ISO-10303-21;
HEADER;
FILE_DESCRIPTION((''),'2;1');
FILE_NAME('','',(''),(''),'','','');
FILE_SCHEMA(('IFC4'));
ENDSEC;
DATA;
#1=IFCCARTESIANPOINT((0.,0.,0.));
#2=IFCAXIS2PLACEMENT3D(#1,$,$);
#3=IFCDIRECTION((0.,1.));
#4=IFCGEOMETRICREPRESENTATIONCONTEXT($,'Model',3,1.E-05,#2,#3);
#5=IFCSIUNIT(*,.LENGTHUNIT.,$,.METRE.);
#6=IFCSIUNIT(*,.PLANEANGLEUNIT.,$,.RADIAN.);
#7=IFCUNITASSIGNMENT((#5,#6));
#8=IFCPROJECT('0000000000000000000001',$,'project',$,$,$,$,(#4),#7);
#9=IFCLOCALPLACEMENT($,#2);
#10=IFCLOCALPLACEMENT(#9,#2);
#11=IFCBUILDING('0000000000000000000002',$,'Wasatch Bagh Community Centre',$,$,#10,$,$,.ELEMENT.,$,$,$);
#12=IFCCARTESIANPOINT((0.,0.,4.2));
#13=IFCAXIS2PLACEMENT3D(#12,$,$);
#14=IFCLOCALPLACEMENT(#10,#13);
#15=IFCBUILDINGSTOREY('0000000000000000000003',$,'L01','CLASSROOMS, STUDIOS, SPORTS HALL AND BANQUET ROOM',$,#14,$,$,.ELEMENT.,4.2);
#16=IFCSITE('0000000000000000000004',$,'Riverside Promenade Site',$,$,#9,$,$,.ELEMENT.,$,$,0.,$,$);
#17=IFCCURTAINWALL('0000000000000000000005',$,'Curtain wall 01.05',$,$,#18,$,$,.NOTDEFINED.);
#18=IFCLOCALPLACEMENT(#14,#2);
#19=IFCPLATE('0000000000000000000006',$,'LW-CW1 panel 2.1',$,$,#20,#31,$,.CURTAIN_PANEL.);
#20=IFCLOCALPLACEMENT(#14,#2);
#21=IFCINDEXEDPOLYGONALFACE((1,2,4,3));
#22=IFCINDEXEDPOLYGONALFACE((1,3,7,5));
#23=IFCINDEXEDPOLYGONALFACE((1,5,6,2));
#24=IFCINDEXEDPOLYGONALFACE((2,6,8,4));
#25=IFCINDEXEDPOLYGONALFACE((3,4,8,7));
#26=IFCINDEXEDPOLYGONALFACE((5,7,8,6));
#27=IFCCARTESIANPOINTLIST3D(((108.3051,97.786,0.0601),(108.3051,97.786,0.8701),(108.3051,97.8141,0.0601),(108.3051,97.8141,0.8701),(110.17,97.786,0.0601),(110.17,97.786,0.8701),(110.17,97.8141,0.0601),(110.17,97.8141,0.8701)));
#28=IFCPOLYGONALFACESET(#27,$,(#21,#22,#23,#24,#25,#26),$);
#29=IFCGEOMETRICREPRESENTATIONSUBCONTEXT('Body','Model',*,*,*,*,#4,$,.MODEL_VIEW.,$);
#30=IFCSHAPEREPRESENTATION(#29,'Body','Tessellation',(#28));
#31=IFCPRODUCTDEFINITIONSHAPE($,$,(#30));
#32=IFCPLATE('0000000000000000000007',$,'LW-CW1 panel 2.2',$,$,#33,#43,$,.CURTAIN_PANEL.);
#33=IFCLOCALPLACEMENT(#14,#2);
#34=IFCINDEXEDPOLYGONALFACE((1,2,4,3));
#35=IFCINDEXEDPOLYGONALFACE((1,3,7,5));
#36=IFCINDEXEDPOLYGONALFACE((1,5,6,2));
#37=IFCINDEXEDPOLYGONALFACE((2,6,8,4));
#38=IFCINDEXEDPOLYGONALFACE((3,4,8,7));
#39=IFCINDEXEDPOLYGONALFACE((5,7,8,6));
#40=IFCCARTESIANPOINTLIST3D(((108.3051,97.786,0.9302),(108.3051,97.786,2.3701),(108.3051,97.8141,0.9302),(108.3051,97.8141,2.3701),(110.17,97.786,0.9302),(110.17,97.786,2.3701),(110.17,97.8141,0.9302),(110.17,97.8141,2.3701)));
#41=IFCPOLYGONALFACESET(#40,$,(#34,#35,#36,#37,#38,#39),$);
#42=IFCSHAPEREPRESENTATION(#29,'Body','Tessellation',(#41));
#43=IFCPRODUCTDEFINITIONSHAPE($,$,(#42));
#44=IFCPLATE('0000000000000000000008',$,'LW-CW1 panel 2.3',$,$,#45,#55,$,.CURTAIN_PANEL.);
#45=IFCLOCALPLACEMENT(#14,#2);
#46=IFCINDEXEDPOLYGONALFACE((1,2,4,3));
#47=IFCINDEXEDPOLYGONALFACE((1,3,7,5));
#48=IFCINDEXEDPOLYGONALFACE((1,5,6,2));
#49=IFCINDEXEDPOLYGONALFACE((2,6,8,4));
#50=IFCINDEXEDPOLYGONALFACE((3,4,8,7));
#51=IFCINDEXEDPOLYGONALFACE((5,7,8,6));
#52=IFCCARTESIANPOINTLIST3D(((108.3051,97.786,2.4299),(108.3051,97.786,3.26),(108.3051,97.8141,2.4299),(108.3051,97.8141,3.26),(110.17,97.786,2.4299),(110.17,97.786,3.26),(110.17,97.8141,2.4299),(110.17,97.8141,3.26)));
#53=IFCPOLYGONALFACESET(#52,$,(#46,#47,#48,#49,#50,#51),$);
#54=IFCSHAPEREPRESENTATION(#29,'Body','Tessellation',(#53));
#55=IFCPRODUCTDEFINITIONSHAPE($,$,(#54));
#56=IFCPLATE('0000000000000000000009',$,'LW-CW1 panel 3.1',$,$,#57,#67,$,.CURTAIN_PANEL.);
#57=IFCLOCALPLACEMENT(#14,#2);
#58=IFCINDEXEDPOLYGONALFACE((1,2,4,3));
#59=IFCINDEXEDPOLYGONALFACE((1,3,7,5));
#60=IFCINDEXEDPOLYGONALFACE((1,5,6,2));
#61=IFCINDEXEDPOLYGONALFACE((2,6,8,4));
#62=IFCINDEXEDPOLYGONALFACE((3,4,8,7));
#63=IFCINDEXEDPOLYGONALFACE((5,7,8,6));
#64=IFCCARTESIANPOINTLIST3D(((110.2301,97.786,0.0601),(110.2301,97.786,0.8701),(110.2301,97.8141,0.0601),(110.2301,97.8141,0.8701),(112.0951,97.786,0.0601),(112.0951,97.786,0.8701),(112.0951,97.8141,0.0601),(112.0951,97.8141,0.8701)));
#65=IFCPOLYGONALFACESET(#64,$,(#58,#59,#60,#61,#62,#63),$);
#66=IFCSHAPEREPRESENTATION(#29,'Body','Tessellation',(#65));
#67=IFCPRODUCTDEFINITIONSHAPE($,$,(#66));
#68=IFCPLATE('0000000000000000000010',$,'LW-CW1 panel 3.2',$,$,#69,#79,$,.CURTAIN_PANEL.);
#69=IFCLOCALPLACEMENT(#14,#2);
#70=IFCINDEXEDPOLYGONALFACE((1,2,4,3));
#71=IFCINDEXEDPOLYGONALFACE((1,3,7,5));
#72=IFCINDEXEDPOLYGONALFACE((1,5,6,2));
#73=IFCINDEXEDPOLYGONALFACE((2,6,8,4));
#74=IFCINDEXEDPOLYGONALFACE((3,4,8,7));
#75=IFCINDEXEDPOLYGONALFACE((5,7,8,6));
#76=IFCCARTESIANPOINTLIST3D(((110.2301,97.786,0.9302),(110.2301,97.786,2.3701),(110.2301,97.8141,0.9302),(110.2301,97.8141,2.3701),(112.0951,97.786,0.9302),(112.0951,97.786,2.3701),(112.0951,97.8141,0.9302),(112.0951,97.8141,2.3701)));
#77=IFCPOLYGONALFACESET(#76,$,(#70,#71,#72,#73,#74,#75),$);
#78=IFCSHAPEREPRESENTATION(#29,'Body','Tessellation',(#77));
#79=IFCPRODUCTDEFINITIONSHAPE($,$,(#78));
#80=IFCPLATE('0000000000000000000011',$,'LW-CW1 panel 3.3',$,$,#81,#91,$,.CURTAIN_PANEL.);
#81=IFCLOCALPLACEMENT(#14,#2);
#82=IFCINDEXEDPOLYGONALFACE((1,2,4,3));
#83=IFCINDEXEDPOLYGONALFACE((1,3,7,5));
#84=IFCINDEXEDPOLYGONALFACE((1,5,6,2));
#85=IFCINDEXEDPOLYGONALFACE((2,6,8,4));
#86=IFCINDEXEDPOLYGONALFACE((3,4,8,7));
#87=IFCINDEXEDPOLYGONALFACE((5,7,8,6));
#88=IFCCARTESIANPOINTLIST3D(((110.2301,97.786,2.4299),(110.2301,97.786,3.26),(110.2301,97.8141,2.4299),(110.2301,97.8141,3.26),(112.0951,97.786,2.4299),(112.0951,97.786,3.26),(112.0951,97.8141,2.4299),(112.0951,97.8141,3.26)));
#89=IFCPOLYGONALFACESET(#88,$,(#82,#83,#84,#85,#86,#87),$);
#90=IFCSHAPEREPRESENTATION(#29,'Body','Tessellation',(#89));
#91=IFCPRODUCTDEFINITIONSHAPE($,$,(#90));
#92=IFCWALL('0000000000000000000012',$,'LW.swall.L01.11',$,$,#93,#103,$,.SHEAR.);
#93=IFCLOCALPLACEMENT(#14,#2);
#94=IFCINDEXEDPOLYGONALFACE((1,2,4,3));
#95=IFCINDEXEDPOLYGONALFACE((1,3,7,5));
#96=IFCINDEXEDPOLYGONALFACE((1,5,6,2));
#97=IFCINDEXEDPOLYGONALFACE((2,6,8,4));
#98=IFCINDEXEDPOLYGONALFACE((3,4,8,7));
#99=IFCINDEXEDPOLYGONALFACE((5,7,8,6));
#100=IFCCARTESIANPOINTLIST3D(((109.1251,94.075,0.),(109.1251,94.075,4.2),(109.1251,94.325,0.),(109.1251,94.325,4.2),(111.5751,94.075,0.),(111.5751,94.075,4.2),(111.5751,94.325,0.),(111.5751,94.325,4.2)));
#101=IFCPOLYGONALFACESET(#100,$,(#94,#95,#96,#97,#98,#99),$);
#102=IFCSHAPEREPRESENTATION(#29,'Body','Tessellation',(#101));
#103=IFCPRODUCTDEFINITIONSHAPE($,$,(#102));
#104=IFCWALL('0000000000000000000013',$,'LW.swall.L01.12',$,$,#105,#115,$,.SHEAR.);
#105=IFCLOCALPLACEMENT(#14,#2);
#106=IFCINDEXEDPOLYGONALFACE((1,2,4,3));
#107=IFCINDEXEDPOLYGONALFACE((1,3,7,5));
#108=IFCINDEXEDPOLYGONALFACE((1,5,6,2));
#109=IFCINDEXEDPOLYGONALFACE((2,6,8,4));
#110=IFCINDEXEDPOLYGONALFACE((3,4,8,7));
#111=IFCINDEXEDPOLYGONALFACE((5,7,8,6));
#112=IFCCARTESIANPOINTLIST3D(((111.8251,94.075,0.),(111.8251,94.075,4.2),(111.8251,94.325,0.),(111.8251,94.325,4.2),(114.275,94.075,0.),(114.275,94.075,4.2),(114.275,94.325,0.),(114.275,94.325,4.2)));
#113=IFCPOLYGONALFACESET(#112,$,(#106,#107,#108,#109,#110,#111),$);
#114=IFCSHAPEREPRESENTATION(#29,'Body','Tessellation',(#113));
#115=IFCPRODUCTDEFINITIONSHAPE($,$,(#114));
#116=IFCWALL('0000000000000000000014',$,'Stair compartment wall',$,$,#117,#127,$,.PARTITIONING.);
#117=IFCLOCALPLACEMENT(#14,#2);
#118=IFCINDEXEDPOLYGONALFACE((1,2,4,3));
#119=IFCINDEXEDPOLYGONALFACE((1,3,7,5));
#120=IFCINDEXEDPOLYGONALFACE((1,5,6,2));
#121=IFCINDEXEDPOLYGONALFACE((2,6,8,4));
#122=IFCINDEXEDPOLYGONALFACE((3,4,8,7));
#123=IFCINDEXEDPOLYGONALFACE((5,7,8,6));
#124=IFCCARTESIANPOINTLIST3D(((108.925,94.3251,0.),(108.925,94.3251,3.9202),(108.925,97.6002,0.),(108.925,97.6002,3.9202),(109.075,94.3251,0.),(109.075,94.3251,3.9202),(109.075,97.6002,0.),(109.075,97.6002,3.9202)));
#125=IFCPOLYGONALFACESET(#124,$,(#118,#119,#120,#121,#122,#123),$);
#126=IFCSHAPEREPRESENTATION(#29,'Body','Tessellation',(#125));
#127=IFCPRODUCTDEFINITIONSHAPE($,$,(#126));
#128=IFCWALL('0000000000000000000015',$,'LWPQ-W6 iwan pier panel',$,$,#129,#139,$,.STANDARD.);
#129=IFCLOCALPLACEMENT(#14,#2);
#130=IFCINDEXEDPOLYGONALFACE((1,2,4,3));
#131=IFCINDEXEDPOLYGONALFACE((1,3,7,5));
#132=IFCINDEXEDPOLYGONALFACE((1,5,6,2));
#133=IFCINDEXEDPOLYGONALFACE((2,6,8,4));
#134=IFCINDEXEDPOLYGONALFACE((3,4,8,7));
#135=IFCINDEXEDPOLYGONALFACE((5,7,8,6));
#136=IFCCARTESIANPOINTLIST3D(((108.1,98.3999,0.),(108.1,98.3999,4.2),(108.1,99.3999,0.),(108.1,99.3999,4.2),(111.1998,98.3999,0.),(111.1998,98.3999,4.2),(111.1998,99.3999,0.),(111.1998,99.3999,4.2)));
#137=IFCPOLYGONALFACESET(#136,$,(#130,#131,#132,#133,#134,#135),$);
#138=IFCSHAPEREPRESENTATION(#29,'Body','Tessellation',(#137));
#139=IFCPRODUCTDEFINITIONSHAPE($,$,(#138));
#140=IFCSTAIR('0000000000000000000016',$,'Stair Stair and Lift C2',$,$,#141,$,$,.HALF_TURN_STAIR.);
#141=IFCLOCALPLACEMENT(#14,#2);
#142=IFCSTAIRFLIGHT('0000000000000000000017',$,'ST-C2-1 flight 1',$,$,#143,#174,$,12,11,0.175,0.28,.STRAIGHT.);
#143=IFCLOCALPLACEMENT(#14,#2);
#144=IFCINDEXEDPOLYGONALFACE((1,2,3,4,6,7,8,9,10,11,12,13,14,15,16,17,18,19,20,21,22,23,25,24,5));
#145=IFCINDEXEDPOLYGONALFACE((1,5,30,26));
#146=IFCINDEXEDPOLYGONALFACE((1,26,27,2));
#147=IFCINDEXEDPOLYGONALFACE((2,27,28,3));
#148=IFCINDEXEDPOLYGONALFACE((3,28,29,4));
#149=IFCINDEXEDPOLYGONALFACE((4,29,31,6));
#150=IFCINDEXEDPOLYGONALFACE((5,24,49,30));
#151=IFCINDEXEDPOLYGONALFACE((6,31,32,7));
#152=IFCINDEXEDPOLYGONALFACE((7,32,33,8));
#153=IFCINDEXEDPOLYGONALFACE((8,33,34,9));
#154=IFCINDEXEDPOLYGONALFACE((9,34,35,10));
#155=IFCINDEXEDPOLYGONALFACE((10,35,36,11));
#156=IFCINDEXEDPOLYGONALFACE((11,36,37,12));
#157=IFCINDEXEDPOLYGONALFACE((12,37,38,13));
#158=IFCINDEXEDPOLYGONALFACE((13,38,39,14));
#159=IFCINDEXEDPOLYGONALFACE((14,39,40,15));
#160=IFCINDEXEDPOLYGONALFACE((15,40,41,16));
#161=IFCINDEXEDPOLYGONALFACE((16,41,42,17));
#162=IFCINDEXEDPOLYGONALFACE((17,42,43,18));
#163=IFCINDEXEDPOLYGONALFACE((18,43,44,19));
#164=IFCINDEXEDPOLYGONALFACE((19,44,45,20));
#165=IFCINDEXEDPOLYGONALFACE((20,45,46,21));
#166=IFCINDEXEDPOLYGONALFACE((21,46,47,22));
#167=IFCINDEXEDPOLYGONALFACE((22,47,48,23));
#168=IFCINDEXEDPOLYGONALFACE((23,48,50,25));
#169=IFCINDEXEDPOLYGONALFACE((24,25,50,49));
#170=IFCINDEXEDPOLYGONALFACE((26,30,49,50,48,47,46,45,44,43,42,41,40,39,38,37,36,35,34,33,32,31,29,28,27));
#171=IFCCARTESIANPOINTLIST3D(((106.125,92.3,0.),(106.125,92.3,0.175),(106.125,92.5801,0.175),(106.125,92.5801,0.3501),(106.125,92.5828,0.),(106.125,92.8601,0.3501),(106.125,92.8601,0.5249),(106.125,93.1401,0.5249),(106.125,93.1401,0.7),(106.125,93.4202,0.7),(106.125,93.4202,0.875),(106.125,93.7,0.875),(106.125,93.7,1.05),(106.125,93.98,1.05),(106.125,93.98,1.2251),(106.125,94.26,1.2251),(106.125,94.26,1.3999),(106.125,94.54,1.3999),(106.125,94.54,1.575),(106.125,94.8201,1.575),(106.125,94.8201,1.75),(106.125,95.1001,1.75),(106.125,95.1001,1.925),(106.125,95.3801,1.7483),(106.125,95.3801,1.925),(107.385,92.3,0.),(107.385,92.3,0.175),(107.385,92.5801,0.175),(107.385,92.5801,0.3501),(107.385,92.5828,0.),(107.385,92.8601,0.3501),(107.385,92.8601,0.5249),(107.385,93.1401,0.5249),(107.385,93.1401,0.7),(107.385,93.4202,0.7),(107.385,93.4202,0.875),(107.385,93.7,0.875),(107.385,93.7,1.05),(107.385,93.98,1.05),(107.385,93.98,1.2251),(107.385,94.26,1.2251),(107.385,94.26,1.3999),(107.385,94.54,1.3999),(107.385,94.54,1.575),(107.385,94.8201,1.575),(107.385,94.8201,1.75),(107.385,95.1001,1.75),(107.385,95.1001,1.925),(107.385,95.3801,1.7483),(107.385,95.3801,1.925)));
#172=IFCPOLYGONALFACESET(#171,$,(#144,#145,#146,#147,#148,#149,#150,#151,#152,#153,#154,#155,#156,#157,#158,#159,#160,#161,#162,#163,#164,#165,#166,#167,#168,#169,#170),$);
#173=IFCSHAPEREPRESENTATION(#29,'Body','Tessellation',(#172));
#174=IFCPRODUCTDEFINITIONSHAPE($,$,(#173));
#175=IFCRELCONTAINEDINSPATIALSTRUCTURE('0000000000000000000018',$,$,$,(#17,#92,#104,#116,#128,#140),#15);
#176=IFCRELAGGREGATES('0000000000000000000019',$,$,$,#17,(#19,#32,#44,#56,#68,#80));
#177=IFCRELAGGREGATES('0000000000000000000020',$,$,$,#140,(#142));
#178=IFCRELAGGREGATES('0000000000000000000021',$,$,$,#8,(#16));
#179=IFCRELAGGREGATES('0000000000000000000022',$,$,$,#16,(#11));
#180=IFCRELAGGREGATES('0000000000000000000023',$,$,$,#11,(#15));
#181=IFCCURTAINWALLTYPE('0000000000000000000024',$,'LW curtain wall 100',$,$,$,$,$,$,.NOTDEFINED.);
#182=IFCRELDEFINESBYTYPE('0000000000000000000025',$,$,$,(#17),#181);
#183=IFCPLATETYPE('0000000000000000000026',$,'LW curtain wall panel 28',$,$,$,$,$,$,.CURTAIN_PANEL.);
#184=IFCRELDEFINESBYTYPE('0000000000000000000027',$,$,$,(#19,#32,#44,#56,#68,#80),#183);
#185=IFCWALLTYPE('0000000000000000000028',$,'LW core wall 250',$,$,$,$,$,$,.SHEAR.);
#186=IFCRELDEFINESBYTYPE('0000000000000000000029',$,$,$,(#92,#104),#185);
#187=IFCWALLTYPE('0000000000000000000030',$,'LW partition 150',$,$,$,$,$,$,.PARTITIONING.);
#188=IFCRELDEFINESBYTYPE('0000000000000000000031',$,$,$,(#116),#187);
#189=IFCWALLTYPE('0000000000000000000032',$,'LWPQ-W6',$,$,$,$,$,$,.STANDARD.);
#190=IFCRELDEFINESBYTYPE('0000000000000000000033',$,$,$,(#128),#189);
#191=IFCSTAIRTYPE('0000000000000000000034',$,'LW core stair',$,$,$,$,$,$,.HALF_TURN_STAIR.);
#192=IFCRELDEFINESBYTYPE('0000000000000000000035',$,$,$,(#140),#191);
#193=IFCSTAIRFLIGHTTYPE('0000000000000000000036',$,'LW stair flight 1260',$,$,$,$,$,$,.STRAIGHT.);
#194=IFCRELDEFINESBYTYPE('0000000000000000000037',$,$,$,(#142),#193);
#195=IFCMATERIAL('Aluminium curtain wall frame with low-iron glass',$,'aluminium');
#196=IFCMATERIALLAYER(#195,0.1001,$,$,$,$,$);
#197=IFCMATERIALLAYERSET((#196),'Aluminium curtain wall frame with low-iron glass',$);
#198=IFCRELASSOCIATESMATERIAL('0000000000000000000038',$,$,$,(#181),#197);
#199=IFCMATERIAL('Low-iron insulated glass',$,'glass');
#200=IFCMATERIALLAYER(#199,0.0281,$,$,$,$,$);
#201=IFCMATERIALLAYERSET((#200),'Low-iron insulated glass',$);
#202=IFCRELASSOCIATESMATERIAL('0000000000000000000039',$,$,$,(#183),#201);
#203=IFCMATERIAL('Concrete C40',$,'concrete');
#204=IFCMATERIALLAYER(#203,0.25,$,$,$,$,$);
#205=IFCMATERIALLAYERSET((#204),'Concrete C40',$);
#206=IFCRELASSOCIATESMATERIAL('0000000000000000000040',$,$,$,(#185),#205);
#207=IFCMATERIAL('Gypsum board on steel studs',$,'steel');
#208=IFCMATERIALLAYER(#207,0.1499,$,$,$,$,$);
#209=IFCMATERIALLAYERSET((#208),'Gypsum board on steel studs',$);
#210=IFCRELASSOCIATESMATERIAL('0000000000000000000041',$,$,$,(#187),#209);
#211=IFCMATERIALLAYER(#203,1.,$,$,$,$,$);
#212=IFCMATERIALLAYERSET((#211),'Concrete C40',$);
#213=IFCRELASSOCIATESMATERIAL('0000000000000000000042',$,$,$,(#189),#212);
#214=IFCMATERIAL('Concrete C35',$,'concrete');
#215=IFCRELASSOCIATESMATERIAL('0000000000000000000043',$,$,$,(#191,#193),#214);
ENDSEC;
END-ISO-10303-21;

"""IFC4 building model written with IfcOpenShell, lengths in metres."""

from ifc_helpers import new_model, si_unit, direction, frame, frame_2d, origin, origin_2d, place, context, subcontext, project, spatial, polyline, rectangle, outline, extrude, material, layer, layer_set, type_object, element, aggregate, save


model = new_model("IFC4")

# Units and contexts
model_context = context("Model", 3, precision=1e-05, world=origin(), true_north=direction((0.0, 1.0)))
body_context = subcontext(model_context, "Body", "Model", "MODEL_VIEW")
ifc_project = project(units=[si_unit("LENGTHUNIT", "METRE"), si_unit("PLANEANGLEUNIT", "RADIAN")], contexts=[model_context])

# Site, building, storey
site_placement = place(None, origin())
site = spatial("IfcSite", under=ifc_project, at=site_placement, Name="Riverside Promenade Site", CompositionType="ELEMENT", RefElevation=0.0)
building_placement = place(site_placement, origin())
building = spatial("IfcBuilding", under=site, at=building_placement, Name="Wasatch Bagh Community Centre", CompositionType="ELEMENT")
storey_placement = place(building_placement, frame((0.0, 0.0, 4.2)))
storey = spatial("IfcBuildingStorey", under=building, at=storey_placement, Name="L01", Description="CLASSROOMS, STUDIOS, SPORTS HALL AND BANQUET ROOM", CompositionType="ELEMENT", Elevation=4.2)

# Curtain wall, plates
ifc_material_1 = material(Name="Aluminium curtain wall frame with low-iron glass", Category="aluminium")
ifc_layer_1 = layer(ifc_material_1, 0.1001)
ifc_layer_set_1 = layer_set([ifc_layer_1], Name="Aluminium curtain wall frame with low-iron glass")
curtain_wall_type = type_object("IfcCurtainWallType", Name="LW curtain wall 100", PredefinedType="NOTDEFINED", material=ifc_layer_set_1)
curtain_wall_placement = place(storey_placement, origin())
curtain_wall = element("IfcCurtainWall", 1, at=curtain_wall_placement, inside=storey, type_object=curtain_wall_type, Name="Curtain wall 01.05", PredefinedType="NOTDEFINED")
ifc_material_2 = material(Name="Low-iron insulated glass", Category="glass")
ifc_layer_2 = layer(ifc_material_2, 0.0281)
ifc_layer_set_2 = layer_set([ifc_layer_2], Name="Low-iron insulated glass")
plate_type = type_object("IfcPlateType", Name="LW curtain wall panel 28", PredefinedType="CURTAIN_PANEL", material=ifc_layer_set_2)
plate_1_placement = place(storey_placement, frame((109.2375, 97.8, 0.0601), z_axis=(0.0, 0.0, 1.0), x_axis=(1.0, 0.0, 0.0)))
plate_1 = element("IfcPlate", 2, at=plate_1_placement, type_object=plate_type, Name="LW-CW1 panel 2.1", PredefinedType="CURTAIN_PANEL", context=body_context, shape_type="SweptSolid", body=[
    extrude(rectangle(XDim=1.865, YDim=0.0281, at=origin_2d()), origin(), (0.0, 0.0, 1.0), 0.8101),
])
plate_2_placement = place(storey_placement, frame((109.2375, 97.8, 0.9302), z_axis=(0.0, 0.0, 1.0), x_axis=(1.0, 0.0, 0.0)))
plate_2 = element("IfcPlate", 3, at=plate_2_placement, type_object=plate_type, Name="LW-CW1 panel 2.2", PredefinedType="CURTAIN_PANEL", context=body_context, shape_type="SweptSolid", body=[
    extrude(rectangle(XDim=1.865, YDim=0.0281, at=origin_2d()), origin(), (0.0, 0.0, 1.0), 1.4399),
])
plate_3_placement = place(storey_placement, frame((109.2375, 97.8, 2.4299), z_axis=(0.0, 0.0, 1.0), x_axis=(1.0, 0.0, 0.0)))
plate_3 = element("IfcPlate", 4, at=plate_3_placement, type_object=plate_type, Name="LW-CW1 panel 2.3", PredefinedType="CURTAIN_PANEL", context=body_context, shape_type="SweptSolid", body=[
    extrude(rectangle(XDim=1.865, YDim=0.0281, at=origin_2d()), origin(), (0.0, 0.0, 1.0), 0.8301),
])
plate_4_placement = place(storey_placement, frame((111.1626, 97.8, 0.0601), z_axis=(0.0, 0.0, 1.0), x_axis=(1.0, 0.0, 0.0)))
plate_4 = element("IfcPlate", 5, at=plate_4_placement, type_object=plate_type, Name="LW-CW1 panel 3.1", PredefinedType="CURTAIN_PANEL", context=body_context, shape_type="SweptSolid", body=[
    extrude(rectangle(XDim=1.865, YDim=0.0281, at=origin_2d()), origin(), (0.0, 0.0, 1.0), 0.8101),
])
plate_5_placement = place(storey_placement, frame((111.1626, 97.8, 0.9302), z_axis=(0.0, 0.0, 1.0), x_axis=(1.0, 0.0, 0.0)))
plate_5 = element("IfcPlate", 6, at=plate_5_placement, type_object=plate_type, Name="LW-CW1 panel 3.2", PredefinedType="CURTAIN_PANEL", context=body_context, shape_type="SweptSolid", body=[
    extrude(rectangle(XDim=1.865, YDim=0.0281, at=origin_2d()), origin(), (0.0, 0.0, 1.0), 1.4399),
])
plate_6_placement = place(storey_placement, frame((111.1626, 97.8, 2.4299), z_axis=(0.0, 0.0, 1.0), x_axis=(1.0, 0.0, 0.0)))
plate_6 = element("IfcPlate", 7, at=plate_6_placement, type_object=plate_type, Name="LW-CW1 panel 3.3", PredefinedType="CURTAIN_PANEL", context=body_context, shape_type="SweptSolid", body=[
    extrude(rectangle(XDim=1.865, YDim=0.0281, at=origin_2d()), origin(), (0.0, 0.0, 1.0), 0.8301),
])
aggregate(curtain_wall, [plate_1, plate_2, plate_3, plate_4, plate_5, plate_6])

# Walls
ifc_material_3 = material(Name="Concrete C40", Category="concrete")
ifc_layer_3 = layer(ifc_material_3, 0.25)
ifc_layer_set_3 = layer_set([ifc_layer_3], Name="Concrete C40")
wall_type_1 = type_object("IfcWallType", Name="LW core wall 250", PredefinedType="SHEAR", material=ifc_layer_set_3)
for number, where, z_axis, x_axis, name in (
    (8, (109.125, 94.2, 0.0), (0.0, 0.0, 1.0), (1.0, 0.0, 0.0), "LW.swall.L01.11"),
    (9, (111.825, 94.2, 0.0), (0.0, 0.0, 1.0), (1.0, 0.0, 0.0), "LW.swall.L01.12"),
):
    element("IfcWall", number, at=place(storey_placement, frame(where, z_axis=z_axis, x_axis=x_axis)), inside=storey, type_object=wall_type_1, Name=name, PredefinedType="SHEAR", context=body_context, shape_type="SweptSolid", body=[
        extrude(rectangle(XDim=2.45, YDim=0.25, at=frame_2d((1.2251, 0.0))), origin(), (0.0, 0.0, 1.0), 4.2),
    ])
ifc_material_4 = material(Name="Gypsum board on steel studs", Category="steel")
ifc_layer_4 = layer(ifc_material_4, 0.1499)
ifc_layer_set_4 = layer_set([ifc_layer_4], Name="Gypsum board on steel studs")
wall_type_2 = type_object("IfcWallType", Name="LW partition 150", PredefinedType="PARTITIONING", material=ifc_layer_set_4)
wall_1_placement = place(storey_placement, frame((109.0, 94.325, 0.0), z_axis=(0.0, 0.0, 1.0), x_axis=(0.0, 1.0, 0.0)))
element("IfcWall", 10, at=wall_1_placement, inside=storey, type_object=wall_type_2, Name="Stair compartment wall", PredefinedType="PARTITIONING", context=body_context, shape_type="SweptSolid", body=[
    extrude(rectangle(XDim=3.2751, YDim=0.1499, at=frame_2d((1.6377, 0.0))), origin(), (0.0, 0.0, 1.0), 3.9202),
])
ifc_layer_5 = layer(ifc_material_3, 1.0)
ifc_layer_set_5 = layer_set([ifc_layer_5], Name="Concrete C40")
wall_type_3 = type_object("IfcWallType", Name="LWPQ-W6", PredefinedType="STANDARD", material=ifc_layer_set_5)
wall_2_placement = place(storey_placement, frame((108.1001, 98.8999, 0.0), z_axis=(0.0, 0.0, 1.0), x_axis=(1.0, 0.0, 0.0)))
element("IfcWall", 11, at=wall_2_placement, inside=storey, type_object=wall_type_3, Name="LWPQ-W6 iwan pier panel", PredefinedType="STANDARD", context=body_context, shape_type="SweptSolid", body=[
    extrude(rectangle(XDim=3.0999, YDim=1.0, at=frame_2d((1.5498, 0.0))), origin(), (0.0, 0.0, 1.0), 4.2),
])

# Stair, stair flight
ifc_material_5 = material(Name="Concrete C35", Category="concrete")
stair_type = type_object("IfcStairType", Name="LW core stair", PredefinedType="HALF_TURN_STAIR", material=ifc_material_5)
stair_placement = place(storey_placement, origin())
stair = element("IfcStair", 12, at=stair_placement, inside=storey, type_object=stair_type, Name="Stair Stair and Lift C2", PredefinedType="HALF_TURN_STAIR")
stair_flight_type = type_object("IfcStairFlightType", Name="LW stair flight 1260", PredefinedType="STRAIGHT", material=ifc_material_5)
stair_flight_1_placement = place(storey_placement, frame((106.7549, 92.3, 0.0), z_axis=(0.0, 0.0, 1.0), x_axis=(0.0, 1.0, 0.0)))
stair_flight_1 = element("IfcStairFlight", 13, at=stair_flight_1_placement, type_object=stair_flight_type, Name="ST-C2-1 flight 1", NumberOfRisers=12, NumberOfTreads=11, PredefinedType="STRAIGHT", RiserHeight=0.175, TreadLength=0.28, context=body_context, shape_type="SweptSolid", body=[
    extrude(outline(polyline([(0.0, 0.0), (0.0, 0.175), (0.28, 0.175), (0.28, 0.3501), (0.5601, 0.3501), (0.5601, 0.5249), (0.8401, 0.5249), (0.8401, 0.7), (1.1201, 0.7), (1.1201, 0.875), (1.3999, 0.875), (1.3999, 1.05), (1.6799, 1.05), (1.6799, 1.2251), (1.96, 1.2251), (1.96, 1.3999), (2.24, 1.3999), (2.24, 1.575), (2.52, 1.575), (2.52, 1.75), (2.8, 1.75), (2.8, 1.925), (3.0801, 1.925), (3.0801, 2.1001), (3.0801, 1.7483), (0.2827, 0.0), (0.0, 0.0)])), frame((0.0, 0.6299, 0.0), z_axis=(0.0, -1.0, 0.0), x_axis=(1.0, 0.0, 0.0)), (0.0, 0.0, 1.0), 1.26),
])
aggregate(stair, [stair_flight_1])

save(model, "model.ifc")
